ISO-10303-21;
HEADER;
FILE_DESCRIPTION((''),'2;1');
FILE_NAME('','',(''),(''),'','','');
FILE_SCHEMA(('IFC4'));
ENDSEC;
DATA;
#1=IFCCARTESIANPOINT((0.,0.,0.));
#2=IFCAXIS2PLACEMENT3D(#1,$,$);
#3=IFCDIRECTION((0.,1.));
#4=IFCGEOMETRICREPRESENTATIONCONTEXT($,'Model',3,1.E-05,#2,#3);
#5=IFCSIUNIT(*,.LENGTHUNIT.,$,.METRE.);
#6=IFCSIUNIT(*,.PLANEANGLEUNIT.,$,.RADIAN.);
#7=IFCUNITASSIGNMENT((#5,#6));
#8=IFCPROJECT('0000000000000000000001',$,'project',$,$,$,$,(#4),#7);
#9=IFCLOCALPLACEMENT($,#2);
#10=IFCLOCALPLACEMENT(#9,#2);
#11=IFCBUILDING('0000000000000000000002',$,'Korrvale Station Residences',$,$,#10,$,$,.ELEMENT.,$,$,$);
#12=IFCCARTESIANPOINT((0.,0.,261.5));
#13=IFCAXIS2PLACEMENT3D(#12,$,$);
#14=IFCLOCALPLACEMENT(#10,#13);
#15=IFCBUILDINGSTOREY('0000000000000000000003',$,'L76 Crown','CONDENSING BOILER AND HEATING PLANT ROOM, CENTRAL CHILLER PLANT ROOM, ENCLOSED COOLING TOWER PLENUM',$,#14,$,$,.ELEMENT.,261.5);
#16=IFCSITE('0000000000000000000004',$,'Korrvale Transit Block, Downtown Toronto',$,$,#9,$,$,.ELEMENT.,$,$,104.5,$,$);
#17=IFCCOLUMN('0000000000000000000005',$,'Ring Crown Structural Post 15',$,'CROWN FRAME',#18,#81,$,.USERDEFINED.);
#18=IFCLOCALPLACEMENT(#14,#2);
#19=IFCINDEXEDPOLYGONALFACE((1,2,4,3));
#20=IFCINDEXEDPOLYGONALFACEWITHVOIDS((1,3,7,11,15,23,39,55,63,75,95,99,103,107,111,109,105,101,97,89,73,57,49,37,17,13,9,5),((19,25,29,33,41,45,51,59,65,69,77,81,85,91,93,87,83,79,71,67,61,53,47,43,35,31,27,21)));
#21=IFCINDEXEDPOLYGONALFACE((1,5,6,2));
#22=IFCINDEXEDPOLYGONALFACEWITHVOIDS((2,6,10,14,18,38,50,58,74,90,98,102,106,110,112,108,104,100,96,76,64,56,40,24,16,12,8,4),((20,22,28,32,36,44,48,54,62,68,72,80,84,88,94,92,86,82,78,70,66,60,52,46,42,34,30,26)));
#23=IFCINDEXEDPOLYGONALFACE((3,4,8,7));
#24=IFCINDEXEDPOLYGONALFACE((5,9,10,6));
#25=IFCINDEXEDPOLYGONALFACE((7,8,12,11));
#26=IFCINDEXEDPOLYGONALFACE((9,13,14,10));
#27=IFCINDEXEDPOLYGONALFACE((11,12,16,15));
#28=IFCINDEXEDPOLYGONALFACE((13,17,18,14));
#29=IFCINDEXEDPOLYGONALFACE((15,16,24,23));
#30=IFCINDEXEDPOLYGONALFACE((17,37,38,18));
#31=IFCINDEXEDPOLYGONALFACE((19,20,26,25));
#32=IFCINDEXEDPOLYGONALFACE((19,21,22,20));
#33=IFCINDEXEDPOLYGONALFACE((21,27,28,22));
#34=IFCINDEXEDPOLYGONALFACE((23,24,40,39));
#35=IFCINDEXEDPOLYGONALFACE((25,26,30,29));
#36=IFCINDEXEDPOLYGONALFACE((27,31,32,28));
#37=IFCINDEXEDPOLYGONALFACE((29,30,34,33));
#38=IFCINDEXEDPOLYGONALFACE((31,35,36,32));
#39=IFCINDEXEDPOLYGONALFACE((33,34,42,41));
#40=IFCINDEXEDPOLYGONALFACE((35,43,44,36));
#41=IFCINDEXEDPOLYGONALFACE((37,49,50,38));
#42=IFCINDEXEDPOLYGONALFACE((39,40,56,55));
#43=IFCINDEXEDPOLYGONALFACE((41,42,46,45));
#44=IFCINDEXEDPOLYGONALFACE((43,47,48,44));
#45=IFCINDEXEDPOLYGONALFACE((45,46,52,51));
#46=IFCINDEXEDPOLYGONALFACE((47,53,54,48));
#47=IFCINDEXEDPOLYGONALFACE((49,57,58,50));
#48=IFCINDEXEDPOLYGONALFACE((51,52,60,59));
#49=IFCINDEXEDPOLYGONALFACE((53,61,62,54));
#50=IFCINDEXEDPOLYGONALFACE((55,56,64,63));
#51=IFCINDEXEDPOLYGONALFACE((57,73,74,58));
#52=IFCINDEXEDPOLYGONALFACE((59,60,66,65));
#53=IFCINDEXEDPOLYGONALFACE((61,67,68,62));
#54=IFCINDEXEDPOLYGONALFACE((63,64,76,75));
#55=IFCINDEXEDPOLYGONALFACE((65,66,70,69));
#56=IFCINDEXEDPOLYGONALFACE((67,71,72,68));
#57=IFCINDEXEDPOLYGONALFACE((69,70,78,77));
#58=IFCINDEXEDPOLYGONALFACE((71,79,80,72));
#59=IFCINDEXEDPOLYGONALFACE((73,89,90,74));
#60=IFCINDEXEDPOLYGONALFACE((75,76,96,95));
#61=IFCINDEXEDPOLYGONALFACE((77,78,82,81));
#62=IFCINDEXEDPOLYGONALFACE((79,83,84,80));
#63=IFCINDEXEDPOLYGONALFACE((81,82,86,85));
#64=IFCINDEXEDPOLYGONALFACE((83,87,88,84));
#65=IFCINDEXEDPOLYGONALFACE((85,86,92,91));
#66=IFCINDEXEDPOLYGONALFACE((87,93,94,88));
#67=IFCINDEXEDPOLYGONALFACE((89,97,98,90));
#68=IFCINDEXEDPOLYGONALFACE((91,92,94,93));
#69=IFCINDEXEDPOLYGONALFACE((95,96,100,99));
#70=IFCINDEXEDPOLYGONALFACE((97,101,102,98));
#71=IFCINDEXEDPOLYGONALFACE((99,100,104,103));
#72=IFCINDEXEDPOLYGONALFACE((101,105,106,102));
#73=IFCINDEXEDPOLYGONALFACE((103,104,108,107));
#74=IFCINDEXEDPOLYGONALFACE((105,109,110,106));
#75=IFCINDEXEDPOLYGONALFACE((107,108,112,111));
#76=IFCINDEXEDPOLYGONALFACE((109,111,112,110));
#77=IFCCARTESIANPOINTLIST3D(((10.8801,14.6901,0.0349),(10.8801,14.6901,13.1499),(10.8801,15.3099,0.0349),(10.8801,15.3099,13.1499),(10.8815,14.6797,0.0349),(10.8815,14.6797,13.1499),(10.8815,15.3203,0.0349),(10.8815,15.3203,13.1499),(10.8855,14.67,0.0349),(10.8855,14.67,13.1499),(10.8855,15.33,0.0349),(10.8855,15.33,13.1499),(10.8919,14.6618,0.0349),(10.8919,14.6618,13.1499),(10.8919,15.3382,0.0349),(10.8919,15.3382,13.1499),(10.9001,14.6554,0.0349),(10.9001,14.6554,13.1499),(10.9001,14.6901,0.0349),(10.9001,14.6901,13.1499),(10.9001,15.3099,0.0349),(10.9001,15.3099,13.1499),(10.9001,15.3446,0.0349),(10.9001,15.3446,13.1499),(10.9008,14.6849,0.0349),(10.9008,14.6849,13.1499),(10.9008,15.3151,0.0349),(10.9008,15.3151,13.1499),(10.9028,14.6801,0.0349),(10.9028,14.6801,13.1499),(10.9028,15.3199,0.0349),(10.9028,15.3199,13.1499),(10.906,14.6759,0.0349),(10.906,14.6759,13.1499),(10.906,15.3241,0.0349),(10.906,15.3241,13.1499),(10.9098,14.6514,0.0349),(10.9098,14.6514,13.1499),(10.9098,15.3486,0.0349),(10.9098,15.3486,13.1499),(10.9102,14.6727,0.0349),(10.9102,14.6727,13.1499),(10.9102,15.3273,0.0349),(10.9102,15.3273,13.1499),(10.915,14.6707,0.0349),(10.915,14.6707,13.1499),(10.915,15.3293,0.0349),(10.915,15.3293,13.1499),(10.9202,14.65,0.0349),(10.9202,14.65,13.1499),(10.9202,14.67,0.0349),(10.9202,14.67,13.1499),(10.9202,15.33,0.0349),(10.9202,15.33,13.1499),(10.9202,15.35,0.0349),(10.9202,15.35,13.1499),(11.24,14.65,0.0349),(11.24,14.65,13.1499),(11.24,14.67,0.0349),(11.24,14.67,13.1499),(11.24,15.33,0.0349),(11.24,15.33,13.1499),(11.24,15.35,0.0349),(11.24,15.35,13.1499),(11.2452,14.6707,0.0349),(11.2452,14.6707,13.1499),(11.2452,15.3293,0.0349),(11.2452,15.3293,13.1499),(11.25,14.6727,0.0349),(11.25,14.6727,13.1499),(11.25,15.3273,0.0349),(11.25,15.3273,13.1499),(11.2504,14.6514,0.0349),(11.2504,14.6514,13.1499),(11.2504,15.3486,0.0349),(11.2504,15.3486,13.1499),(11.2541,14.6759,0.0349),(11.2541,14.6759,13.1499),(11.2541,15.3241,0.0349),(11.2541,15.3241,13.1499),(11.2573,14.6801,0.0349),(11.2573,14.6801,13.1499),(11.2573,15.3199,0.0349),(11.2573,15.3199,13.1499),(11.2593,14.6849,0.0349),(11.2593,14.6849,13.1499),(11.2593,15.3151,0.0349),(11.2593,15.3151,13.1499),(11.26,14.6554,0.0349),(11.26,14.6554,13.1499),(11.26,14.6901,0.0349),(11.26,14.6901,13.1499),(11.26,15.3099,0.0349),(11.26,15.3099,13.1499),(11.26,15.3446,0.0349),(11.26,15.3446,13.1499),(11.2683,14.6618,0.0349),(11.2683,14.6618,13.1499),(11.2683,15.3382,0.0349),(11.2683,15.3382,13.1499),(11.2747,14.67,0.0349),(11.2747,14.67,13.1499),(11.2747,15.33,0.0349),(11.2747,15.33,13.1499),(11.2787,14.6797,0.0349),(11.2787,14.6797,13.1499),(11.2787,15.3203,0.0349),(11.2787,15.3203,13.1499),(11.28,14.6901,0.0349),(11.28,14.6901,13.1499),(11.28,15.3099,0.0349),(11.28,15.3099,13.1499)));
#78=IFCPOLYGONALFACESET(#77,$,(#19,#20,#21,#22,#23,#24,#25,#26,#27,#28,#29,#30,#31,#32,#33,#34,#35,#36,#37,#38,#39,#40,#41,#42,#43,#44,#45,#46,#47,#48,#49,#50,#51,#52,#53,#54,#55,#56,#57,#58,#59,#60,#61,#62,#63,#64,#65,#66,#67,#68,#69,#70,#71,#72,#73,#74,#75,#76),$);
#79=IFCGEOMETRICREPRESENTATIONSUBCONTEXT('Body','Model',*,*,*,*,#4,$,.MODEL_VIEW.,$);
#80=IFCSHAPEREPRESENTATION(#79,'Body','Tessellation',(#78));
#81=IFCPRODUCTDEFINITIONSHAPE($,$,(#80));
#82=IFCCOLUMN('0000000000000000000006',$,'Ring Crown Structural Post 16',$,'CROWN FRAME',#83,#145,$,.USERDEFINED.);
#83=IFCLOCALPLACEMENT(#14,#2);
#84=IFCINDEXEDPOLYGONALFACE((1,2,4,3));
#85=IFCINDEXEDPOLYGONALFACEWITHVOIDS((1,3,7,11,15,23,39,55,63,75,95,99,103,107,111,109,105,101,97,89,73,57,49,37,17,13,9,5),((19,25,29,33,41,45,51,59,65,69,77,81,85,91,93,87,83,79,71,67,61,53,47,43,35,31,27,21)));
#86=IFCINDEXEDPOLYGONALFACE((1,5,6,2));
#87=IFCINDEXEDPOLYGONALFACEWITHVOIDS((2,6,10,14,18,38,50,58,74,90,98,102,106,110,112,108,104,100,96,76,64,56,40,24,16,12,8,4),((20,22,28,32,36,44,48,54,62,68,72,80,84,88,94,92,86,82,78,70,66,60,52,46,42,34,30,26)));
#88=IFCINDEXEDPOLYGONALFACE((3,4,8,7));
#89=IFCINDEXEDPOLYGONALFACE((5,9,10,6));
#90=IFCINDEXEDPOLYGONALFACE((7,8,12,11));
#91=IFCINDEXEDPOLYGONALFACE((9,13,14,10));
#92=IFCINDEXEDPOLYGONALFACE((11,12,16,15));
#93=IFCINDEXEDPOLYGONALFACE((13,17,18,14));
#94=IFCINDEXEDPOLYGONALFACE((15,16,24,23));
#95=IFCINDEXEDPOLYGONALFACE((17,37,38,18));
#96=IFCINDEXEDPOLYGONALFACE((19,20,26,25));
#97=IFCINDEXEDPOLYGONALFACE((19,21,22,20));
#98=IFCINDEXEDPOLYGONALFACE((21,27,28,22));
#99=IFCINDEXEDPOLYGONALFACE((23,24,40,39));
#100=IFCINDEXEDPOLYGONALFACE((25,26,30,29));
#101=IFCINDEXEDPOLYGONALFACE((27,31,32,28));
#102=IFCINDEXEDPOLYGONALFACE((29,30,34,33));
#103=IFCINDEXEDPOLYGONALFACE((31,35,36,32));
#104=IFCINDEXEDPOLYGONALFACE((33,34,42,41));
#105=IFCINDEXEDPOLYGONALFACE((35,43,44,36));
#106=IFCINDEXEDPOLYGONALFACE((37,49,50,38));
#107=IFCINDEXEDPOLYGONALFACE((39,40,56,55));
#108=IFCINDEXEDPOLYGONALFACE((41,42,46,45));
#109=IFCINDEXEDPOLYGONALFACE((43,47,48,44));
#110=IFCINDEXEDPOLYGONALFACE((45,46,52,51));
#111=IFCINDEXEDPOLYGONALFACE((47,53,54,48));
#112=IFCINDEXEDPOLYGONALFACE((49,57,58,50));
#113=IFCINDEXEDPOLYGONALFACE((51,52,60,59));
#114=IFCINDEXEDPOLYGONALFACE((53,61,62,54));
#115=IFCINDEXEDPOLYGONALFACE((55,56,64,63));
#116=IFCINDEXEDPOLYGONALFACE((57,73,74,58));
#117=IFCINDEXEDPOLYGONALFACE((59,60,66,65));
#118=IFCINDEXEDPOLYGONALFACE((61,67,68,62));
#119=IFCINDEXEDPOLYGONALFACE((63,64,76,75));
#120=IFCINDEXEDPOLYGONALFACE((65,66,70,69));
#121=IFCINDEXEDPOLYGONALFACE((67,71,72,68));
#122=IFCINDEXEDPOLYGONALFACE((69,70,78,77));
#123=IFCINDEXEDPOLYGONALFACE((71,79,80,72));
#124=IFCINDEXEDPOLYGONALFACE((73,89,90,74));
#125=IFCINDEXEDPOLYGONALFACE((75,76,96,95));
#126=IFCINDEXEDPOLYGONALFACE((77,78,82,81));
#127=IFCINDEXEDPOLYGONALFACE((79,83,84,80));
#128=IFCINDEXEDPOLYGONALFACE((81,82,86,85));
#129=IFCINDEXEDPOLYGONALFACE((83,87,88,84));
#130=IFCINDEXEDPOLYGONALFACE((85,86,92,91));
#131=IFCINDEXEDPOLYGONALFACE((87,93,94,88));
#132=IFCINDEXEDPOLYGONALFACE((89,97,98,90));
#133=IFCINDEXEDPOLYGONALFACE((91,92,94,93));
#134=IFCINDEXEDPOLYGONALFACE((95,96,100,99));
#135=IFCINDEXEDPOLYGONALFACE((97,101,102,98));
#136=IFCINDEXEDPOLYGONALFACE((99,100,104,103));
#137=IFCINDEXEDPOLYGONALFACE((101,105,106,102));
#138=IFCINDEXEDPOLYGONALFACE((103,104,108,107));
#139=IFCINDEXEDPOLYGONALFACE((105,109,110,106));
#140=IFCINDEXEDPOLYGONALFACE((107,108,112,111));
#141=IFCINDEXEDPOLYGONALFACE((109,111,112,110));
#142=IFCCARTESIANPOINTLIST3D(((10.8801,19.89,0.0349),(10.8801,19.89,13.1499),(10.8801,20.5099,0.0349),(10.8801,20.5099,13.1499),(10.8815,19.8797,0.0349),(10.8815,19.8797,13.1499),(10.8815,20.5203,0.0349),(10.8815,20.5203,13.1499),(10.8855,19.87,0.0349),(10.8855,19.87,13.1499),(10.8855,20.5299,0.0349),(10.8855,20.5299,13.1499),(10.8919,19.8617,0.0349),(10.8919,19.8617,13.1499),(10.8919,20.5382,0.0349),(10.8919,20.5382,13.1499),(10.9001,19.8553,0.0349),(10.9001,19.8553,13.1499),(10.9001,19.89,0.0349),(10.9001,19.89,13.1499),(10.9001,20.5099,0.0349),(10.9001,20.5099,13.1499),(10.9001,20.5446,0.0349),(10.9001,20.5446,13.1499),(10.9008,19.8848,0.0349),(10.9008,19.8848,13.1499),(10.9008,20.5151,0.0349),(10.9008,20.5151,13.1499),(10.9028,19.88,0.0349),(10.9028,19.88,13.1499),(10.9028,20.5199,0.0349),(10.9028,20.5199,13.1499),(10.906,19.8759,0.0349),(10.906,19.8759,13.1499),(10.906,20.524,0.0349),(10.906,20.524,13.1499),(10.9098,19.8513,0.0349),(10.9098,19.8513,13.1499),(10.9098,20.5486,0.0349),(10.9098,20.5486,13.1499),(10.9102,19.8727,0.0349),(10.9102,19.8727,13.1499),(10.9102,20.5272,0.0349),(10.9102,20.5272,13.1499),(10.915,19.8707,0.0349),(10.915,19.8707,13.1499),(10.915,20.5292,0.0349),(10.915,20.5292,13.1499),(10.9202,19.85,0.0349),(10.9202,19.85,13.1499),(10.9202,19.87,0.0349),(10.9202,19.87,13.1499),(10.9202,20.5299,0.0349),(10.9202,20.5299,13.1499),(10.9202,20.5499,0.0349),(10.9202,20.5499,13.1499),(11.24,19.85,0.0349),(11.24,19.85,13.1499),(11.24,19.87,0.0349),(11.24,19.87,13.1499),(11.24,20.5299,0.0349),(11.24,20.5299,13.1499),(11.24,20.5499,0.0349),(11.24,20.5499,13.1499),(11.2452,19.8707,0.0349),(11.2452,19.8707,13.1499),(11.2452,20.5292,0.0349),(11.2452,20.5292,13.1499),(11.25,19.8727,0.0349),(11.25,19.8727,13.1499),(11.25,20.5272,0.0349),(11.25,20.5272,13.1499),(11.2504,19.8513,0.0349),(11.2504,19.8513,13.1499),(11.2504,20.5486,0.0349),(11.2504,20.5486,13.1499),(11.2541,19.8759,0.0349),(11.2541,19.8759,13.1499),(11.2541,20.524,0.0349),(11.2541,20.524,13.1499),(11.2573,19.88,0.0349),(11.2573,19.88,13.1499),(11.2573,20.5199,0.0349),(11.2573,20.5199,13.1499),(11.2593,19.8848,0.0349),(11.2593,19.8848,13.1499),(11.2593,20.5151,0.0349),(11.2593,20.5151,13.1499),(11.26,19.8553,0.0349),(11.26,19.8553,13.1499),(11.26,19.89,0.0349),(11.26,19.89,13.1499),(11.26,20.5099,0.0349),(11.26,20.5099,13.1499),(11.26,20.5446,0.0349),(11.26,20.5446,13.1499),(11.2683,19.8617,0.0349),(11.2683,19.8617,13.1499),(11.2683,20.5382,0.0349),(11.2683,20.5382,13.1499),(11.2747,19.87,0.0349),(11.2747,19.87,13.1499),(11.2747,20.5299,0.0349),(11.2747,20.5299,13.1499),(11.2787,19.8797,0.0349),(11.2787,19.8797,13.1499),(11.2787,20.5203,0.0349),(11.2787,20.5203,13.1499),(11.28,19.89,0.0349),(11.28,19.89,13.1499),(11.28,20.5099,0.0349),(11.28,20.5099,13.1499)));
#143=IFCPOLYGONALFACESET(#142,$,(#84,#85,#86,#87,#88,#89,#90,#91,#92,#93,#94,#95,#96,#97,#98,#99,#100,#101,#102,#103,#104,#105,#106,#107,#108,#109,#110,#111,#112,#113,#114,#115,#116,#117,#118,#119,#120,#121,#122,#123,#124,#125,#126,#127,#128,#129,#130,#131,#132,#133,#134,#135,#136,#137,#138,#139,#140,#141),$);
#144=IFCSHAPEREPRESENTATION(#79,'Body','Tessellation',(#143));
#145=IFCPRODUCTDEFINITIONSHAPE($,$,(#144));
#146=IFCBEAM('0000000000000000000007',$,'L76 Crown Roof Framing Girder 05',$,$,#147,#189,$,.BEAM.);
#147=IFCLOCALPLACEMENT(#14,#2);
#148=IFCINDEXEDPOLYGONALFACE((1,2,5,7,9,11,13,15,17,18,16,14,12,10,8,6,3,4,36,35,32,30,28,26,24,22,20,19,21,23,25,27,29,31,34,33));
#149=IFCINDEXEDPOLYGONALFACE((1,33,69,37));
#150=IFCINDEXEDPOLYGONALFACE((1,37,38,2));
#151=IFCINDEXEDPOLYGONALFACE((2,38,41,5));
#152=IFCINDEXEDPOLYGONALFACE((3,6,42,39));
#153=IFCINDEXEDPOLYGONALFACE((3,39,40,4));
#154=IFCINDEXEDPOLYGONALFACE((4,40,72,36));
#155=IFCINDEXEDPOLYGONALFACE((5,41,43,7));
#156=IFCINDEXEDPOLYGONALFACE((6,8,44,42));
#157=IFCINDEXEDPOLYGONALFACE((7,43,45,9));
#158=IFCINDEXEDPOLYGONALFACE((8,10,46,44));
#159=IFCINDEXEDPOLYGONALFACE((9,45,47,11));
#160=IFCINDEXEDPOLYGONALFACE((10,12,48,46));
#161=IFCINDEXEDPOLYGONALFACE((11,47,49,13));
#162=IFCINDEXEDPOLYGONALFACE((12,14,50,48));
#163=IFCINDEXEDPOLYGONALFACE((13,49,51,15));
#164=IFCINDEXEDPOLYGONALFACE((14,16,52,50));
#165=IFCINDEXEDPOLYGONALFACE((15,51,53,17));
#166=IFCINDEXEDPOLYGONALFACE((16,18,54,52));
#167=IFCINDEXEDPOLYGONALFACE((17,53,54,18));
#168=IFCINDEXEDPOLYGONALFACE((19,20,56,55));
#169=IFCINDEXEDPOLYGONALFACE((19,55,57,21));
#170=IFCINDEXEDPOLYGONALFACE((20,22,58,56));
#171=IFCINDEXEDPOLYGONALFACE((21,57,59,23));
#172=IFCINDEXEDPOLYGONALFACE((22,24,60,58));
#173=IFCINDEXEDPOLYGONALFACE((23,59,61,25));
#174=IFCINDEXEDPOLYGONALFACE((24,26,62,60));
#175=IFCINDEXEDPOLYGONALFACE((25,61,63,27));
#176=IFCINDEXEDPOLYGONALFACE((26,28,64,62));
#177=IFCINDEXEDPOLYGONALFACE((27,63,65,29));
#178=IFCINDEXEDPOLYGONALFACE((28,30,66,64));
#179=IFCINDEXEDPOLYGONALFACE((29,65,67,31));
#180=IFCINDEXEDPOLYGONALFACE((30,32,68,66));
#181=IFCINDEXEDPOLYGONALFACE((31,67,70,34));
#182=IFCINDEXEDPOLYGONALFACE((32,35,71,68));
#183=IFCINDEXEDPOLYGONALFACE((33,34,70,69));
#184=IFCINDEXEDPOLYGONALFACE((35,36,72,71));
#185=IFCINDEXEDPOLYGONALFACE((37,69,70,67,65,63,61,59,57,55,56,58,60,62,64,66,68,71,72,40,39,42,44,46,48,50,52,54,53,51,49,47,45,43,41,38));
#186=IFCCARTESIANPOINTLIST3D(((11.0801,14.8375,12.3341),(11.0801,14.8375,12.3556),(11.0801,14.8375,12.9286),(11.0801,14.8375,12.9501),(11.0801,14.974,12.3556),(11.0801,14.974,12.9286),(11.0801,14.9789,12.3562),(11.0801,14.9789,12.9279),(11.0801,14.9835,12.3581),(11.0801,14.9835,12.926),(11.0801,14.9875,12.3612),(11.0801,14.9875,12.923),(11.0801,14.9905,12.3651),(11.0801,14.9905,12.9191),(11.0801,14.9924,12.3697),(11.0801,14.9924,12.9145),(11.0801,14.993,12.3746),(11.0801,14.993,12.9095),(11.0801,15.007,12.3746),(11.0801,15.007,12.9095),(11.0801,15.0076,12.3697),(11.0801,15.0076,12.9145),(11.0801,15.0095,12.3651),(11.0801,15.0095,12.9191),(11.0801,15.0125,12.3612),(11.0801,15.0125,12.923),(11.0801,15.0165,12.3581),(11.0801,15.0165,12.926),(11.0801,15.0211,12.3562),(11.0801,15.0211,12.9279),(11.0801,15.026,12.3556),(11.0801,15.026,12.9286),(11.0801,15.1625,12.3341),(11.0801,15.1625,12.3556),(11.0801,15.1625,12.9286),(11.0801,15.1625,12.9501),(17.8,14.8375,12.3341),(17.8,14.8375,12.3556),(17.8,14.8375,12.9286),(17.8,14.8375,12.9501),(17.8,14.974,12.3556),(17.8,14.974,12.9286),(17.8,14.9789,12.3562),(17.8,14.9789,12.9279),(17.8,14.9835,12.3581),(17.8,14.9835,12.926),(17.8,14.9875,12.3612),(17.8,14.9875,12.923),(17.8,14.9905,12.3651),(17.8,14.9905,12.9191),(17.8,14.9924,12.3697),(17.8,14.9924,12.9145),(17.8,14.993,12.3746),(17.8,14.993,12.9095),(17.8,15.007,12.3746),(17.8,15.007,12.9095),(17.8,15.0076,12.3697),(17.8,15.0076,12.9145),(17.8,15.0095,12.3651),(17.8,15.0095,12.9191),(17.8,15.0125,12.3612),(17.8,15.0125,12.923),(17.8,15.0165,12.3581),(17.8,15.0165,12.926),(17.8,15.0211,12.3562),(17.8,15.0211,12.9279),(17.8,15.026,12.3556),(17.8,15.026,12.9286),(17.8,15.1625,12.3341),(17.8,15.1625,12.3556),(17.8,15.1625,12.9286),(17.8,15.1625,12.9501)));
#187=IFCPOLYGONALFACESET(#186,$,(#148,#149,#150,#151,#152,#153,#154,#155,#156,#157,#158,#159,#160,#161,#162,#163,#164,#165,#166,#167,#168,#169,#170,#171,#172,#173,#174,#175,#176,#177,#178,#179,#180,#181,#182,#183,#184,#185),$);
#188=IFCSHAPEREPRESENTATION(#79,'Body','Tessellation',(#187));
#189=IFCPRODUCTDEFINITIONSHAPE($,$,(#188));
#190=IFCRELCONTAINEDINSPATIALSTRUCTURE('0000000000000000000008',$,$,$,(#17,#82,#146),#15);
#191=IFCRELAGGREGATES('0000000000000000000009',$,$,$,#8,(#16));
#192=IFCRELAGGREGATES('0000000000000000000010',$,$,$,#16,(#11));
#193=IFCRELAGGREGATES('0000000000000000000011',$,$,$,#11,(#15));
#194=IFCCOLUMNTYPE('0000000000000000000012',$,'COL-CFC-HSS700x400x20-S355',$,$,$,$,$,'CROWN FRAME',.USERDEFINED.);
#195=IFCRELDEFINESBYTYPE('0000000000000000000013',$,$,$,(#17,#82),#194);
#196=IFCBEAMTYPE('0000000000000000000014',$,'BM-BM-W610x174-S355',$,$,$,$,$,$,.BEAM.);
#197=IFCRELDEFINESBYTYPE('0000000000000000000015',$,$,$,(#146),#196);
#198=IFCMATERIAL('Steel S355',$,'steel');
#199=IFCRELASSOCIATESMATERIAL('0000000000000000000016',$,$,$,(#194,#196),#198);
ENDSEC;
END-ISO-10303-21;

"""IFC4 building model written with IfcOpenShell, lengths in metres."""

from ifc_helpers import new_model, si_unit, direction, frame, origin, origin_2d, place, context, subcontext, project, spatial, hollow_rectangle, i_section, extrude, material, material_profile, profile_set, type_object, element, save


model = new_model("IFC4")

# Units and contexts
model_context = context("Model", 3, precision=1e-05, world=origin(), true_north=direction((0.0, 1.0)))
body_context = subcontext(model_context, "Body", "Model", "MODEL_VIEW")
ifc_project = project(units=[si_unit("LENGTHUNIT", "METRE"), si_unit("PLANEANGLEUNIT", "RADIAN")], contexts=[model_context])

# Site, building, storey
site_placement = place(None, origin())
site = spatial("IfcSite", under=ifc_project, at=site_placement, Name="Korrvale Transit Block, Downtown Toronto", CompositionType="ELEMENT", RefElevation=104.5)
building_placement = place(site_placement, origin())
building = spatial("IfcBuilding", under=site, at=building_placement, Name="Korrvale Station Residences", CompositionType="ELEMENT")
storey_placement = place(building_placement, frame((0.0, 0.0, 261.5)))
storey = spatial("IfcBuildingStorey", under=building, at=storey_placement, Name="L76 Crown", Description="CONDENSING BOILER AND HEATING PLANT ROOM, CENTRAL CHILLER PLANT ROOM, ENCLOSED COOLING TOWER PLENUM", CompositionType="ELEMENT", Elevation=261.5)

# Columns
ifc_material_1 = material(Name="Steel S355", Category="steel")
ifc_material_profile_1 = material_profile(ifc_material_1, hollow_rectangle(XDim=0.3999, YDim=0.7, WallThickness=0.02, InnerFilletRadius=0.02, OuterFilletRadius=0.04, at=origin_2d()), Name="HSS700x400x20")
ifc_profile_set_1 = profile_set([ifc_material_profile_1], Name="Steel S355")
column_type = type_object("IfcColumnType", Name="COL-CFC-HSS700x400x20-S355", ElementType="CROWN FRAME", PredefinedType="USERDEFINED", material=ifc_profile_set_1)
for number, where, z_axis, x_axis, name in (
    (1, (11.0801, 15.0, 0.0349), (0.0, 0.0, 1.0), (1.0, 0.0, 0.0), "Ring Crown Structural Post 15"),
    (2, (11.0801, 20.2, 0.0349), (0.0, 0.0, 1.0), (1.0, 0.0, 0.0), "Ring Crown Structural Post 16"),
):
    element("IfcColumn", number, at=place(storey_placement, frame(where, z_axis=z_axis, x_axis=x_axis)), inside=storey, type_object=column_type, Name=name, ObjectType="CROWN FRAME", PredefinedType="USERDEFINED", context=body_context, shape_type="SweptSolid", body=[
        extrude(hollow_rectangle(XDim=0.3999, YDim=0.7, WallThickness=0.02, InnerFilletRadius=0.02, OuterFilletRadius=0.04, at=origin_2d()), origin(), (0.0, 0.0, 1.0), 13.115),
    ])

# Beam
ifc_material_profile_2 = material_profile(ifc_material_1, i_section(OverallWidth=0.325, OverallDepth=0.616, WebThickness=0.0139, FlangeThickness=0.0215, FilletRadius=0.019, at=origin_2d()), Name="W610x174")
ifc_profile_set_2 = profile_set([ifc_material_profile_2], Name="Steel S355")
beam_type_1 = type_object("IfcBeamType", Name="BM-BM-W610x174-S355", PredefinedType="BEAM", material=ifc_profile_set_2)
beam_placement = place(storey_placement, frame((11.0801, 15.0, 12.6421), z_axis=(1.0, 0.0, 0.0), x_axis=(0.0, 1.0, 0.0)))
element("IfcBeam", 3, at=beam_placement, inside=storey, type_object=beam_type_1, Name="L76 Crown Roof Framing Girder 05", PredefinedType="BEAM", context=body_context, shape_type="SweptSolid", body=[
    extrude(i_section(OverallWidth=0.325, OverallDepth=0.616, WebThickness=0.0139, FlangeThickness=0.0215, FilletRadius=0.019, at=origin_2d()), origin(), (0.0, 0.0, 1.0), 6.72),
])

save(model, "model.ifc")
